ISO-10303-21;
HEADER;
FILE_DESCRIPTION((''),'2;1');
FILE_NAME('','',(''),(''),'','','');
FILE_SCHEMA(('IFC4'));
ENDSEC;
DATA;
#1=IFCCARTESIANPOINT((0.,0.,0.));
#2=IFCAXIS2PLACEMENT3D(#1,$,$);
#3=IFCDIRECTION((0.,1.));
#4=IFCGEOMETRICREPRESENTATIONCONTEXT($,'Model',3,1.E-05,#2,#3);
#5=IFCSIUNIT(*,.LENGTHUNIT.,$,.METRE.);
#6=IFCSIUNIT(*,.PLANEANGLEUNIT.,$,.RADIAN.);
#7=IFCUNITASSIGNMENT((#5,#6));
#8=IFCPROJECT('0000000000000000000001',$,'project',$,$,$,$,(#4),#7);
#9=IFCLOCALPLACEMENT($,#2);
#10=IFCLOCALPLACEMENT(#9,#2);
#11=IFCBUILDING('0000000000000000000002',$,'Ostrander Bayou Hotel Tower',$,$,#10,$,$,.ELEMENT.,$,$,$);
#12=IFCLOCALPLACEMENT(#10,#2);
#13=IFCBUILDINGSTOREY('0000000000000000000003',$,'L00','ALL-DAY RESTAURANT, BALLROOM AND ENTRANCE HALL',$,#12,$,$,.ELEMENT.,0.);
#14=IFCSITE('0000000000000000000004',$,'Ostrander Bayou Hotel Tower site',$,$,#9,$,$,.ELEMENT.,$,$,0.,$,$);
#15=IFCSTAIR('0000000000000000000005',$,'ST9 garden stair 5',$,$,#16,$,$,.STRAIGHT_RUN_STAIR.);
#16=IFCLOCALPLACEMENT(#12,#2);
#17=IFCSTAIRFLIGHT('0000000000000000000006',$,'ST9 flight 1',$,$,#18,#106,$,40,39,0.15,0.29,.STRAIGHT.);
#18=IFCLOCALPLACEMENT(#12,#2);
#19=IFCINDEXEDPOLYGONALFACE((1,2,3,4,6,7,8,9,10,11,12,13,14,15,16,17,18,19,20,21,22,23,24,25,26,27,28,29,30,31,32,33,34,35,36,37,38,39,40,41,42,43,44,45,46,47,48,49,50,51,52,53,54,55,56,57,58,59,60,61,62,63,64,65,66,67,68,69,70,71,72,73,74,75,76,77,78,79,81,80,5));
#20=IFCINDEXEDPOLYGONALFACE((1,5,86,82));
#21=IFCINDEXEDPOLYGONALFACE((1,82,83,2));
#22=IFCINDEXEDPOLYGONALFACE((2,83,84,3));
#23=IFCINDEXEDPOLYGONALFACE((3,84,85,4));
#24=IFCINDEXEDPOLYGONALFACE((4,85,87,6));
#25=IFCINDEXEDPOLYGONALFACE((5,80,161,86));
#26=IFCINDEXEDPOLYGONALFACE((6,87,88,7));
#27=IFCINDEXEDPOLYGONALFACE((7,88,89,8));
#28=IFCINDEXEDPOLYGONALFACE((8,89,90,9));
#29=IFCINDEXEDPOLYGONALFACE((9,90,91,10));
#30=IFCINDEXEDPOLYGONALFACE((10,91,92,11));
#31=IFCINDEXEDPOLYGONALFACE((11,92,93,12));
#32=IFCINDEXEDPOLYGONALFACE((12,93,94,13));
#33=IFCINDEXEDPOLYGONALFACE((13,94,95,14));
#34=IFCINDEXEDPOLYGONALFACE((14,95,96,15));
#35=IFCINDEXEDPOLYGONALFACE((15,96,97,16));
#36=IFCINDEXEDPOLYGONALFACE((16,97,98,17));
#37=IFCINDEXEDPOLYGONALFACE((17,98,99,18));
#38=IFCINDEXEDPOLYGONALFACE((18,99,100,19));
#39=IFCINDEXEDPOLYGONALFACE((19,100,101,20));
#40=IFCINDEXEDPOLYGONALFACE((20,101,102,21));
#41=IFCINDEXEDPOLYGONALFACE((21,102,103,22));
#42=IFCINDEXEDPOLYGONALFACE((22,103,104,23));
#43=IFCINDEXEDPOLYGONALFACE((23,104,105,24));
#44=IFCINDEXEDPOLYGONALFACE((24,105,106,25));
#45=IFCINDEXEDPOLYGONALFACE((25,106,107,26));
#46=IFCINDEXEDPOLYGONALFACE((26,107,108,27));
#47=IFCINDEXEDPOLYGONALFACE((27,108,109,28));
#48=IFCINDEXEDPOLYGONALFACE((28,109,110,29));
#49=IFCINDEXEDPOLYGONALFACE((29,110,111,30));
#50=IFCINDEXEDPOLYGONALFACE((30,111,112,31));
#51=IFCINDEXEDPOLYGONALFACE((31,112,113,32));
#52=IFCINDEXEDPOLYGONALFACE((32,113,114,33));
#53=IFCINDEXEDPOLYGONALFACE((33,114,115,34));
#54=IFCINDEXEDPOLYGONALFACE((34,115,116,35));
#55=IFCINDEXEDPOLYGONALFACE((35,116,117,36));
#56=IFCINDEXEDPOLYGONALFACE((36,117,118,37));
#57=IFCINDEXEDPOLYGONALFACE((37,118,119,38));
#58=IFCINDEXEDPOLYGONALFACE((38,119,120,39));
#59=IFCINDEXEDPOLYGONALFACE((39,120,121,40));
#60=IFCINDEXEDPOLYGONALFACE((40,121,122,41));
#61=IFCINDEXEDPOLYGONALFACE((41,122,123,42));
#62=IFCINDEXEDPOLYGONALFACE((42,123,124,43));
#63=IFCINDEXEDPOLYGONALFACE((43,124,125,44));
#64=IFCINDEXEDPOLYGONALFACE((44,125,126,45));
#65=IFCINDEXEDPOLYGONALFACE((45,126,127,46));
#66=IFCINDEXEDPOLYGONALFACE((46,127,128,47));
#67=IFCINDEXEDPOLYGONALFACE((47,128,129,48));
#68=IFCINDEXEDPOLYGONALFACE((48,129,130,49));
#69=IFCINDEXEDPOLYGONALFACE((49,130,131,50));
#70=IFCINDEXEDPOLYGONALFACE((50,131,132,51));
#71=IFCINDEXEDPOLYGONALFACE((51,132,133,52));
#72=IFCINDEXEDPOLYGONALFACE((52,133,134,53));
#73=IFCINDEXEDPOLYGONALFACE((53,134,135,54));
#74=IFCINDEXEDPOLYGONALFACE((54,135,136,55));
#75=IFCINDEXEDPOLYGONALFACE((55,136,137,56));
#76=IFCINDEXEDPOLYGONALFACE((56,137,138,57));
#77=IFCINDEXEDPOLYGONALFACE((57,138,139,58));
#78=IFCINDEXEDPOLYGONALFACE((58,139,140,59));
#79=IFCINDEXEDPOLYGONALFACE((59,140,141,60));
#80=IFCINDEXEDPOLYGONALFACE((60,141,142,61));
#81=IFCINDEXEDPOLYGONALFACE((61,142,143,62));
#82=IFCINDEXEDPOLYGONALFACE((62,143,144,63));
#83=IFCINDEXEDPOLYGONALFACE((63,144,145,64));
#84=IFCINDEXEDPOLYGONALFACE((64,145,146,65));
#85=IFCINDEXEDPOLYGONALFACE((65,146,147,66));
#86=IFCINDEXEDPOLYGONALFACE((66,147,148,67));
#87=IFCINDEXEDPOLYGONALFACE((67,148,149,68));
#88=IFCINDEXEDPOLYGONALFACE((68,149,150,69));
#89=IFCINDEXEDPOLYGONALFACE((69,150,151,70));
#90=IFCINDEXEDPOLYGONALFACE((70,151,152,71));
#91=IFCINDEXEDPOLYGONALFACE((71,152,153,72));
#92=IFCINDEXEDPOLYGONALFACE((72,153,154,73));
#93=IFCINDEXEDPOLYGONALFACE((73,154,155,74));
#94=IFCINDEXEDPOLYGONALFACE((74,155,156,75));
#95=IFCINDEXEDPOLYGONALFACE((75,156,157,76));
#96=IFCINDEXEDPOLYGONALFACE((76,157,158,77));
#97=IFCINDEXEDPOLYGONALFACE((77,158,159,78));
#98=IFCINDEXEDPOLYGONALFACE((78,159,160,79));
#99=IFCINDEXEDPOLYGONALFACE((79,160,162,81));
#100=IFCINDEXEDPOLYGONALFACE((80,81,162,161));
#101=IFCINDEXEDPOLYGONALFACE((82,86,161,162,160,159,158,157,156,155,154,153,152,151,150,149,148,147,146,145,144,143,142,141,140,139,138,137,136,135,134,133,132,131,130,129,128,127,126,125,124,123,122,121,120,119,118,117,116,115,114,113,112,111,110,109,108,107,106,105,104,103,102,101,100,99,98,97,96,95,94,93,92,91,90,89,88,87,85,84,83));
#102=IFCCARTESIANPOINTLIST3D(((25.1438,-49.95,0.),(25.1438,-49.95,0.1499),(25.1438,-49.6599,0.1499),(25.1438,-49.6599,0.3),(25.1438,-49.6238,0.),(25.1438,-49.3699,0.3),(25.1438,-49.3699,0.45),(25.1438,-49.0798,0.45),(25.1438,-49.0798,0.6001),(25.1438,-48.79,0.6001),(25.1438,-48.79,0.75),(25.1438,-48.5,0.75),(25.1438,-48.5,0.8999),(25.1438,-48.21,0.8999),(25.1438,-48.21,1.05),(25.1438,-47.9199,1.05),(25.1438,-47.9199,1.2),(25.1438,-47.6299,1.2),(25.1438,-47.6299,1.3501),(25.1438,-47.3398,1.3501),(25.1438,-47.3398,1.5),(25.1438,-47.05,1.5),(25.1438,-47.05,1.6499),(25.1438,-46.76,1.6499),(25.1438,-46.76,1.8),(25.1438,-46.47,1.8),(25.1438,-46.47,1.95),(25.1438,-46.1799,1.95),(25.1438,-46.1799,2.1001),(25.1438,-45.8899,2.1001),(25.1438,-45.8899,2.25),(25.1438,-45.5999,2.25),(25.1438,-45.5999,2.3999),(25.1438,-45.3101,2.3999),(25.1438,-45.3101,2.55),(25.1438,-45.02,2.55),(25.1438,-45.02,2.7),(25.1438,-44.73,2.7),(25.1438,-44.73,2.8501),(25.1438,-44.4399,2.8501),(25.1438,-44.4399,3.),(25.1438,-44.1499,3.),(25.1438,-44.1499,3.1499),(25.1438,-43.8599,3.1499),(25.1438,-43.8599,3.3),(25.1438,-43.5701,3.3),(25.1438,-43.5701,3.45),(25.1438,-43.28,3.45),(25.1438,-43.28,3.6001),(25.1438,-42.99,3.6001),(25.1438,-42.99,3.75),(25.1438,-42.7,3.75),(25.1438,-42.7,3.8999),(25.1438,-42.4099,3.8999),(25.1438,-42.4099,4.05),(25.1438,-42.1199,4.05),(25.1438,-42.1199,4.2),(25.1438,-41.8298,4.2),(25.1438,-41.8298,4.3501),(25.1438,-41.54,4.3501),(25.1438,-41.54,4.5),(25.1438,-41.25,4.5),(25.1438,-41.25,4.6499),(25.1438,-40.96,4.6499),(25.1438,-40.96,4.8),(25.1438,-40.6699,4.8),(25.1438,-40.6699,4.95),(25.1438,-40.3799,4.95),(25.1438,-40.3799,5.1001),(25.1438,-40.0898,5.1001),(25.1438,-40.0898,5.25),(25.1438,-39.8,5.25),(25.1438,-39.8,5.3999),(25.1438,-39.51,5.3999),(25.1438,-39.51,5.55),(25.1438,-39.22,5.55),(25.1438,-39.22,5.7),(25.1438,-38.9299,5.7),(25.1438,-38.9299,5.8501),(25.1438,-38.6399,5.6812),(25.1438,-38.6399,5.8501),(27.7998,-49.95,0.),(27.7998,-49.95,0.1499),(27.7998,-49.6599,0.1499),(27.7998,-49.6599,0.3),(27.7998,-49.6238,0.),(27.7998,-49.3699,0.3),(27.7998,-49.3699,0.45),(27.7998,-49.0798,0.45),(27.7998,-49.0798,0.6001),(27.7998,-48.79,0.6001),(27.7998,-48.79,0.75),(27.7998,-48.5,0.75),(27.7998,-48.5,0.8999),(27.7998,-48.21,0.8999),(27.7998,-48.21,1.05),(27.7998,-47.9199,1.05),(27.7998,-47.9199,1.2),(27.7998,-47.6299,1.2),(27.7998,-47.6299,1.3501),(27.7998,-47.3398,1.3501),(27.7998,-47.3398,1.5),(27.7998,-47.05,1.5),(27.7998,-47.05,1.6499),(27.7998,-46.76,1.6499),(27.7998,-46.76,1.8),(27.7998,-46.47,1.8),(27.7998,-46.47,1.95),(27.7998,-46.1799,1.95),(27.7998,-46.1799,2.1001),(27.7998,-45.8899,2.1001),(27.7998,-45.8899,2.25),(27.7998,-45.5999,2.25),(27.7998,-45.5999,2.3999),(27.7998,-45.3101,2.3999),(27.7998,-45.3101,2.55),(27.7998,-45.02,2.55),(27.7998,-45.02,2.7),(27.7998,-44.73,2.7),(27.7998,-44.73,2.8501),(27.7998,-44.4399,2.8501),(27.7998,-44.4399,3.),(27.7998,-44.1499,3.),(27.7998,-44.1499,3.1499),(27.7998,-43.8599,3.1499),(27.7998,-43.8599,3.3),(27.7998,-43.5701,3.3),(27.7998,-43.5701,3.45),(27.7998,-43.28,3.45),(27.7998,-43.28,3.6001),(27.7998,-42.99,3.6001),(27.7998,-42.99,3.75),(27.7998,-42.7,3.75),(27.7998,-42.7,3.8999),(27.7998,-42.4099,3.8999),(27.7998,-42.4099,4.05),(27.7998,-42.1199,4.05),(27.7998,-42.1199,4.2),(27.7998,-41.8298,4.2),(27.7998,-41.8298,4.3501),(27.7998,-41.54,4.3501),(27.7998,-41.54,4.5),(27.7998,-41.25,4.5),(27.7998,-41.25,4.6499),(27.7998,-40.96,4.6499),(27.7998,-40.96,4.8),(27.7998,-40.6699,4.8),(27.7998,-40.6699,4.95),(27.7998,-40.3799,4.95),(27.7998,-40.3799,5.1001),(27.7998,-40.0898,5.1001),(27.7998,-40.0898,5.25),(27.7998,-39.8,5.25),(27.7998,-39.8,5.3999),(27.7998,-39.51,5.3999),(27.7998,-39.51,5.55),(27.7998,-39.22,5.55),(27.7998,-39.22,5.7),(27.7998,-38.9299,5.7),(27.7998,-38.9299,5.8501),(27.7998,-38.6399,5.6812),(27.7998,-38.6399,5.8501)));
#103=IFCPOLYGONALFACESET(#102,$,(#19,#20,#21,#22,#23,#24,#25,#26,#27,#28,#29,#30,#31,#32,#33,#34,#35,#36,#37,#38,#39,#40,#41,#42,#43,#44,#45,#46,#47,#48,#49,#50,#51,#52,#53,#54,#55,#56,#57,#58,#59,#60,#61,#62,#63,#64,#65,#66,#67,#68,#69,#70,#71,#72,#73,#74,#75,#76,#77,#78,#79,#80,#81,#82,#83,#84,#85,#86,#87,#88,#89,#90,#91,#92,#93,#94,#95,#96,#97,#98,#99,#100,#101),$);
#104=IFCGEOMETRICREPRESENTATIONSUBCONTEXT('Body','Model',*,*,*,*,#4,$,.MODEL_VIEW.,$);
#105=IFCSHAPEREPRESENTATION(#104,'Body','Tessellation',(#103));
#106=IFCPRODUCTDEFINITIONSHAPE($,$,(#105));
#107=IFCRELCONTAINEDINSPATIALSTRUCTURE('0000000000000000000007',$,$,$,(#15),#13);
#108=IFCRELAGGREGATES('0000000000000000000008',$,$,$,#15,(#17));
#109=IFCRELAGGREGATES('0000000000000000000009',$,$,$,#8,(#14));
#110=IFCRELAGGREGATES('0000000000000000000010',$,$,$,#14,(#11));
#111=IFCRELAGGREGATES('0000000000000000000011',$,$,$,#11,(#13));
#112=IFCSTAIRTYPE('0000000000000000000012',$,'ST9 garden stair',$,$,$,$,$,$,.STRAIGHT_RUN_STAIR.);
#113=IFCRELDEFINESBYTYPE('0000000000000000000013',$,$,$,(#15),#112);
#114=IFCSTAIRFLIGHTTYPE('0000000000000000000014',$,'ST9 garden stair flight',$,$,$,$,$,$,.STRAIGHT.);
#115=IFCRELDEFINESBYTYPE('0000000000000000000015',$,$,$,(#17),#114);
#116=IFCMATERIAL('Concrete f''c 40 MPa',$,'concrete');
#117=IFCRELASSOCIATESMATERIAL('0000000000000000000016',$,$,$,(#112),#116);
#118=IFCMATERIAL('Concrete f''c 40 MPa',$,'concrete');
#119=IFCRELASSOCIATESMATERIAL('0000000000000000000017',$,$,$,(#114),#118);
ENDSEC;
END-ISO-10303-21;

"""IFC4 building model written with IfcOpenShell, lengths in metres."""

from ifc_helpers import new_model, si_unit, direction, frame, origin, place, context, subcontext, project, spatial, polyline, outline, extrude, material, type_object, element, aggregate, save


model = new_model("IFC4")

# Units and contexts
model_context = context("Model", 3, precision=1e-05, world=origin(), true_north=direction((0.0, 1.0)))
body_context = subcontext(model_context, "Body", "Model", "MODEL_VIEW")
ifc_project = project(units=[si_unit("LENGTHUNIT", "METRE"), si_unit("PLANEANGLEUNIT", "RADIAN")], contexts=[model_context])

# Site, building, storey
site_placement = place(None, origin())
site = spatial("IfcSite", under=ifc_project, at=site_placement, Name="Ostrander Bayou Hotel Tower site", CompositionType="ELEMENT", RefElevation=0.0)
building_placement = place(site_placement, origin())
building = spatial("IfcBuilding", under=site, at=building_placement, Name="Ostrander Bayou Hotel Tower", CompositionType="ELEMENT")
storey_placement = place(building_placement, origin())
storey = spatial("IfcBuildingStorey", under=building, at=storey_placement, Name="L00", Description="ALL-DAY RESTAURANT, BALLROOM AND ENTRANCE HALL", CompositionType="ELEMENT", Elevation=0.0)

# Stair, stair flight
ifc_material_1 = material(Name="Concrete f'c 40 MPa", Category="concrete")
stair_type = type_object("IfcStairType", Name="ST9 garden stair", PredefinedType="STRAIGHT_RUN_STAIR", material=ifc_material_1)
ifc_material_2 = material(Name="Concrete f'c 40 MPa", Category="concrete")
stair_flight_type = type_object("IfcStairFlightType", Name="ST9 garden stair flight", PredefinedType="STRAIGHT", material=ifc_material_2)
stair_1_placement = place(storey_placement, origin())
stair_1 = element("IfcStair", 1, at=stair_1_placement, inside=storey, type_object=stair_type, Name="ST9 garden stair 5", PredefinedType="STRAIGHT_RUN_STAIR")
stair_flight_1_placement = place(storey_placement, frame((26.4719, -49.95, 0.0), z_axis=(0.0, 0.0, 1.0), x_axis=(0.0, 1.0, 0.0)))
stair_flight_1 = element("IfcStairFlight", 2, at=stair_flight_1_placement, type_object=stair_flight_type, Name="ST9 flight 1", NumberOfRisers=40, NumberOfTreads=39, PredefinedType="STRAIGHT", RiserHeight=0.15, TreadLength=0.29, context=body_context, shape_type="SweptSolid", body=[
    extrude(outline(polyline([(0.0, 0.0), (0.0, 0.1499), (0.29, 0.1499), (0.29, 0.3), (0.5801, 0.3), (0.5801, 0.45), (0.8701, 0.45), (0.8701, 0.6001), (1.1599, 0.6001), (1.1599, 0.75), (1.45, 0.75), (1.45, 0.8999), (1.74, 0.8999), (1.74, 1.05), (2.03, 1.05), (2.03, 1.2), (2.3201, 1.2), (2.3201, 1.3501), (2.6101, 1.3501), (2.6101, 1.5), (2.8999, 1.5), (2.8999, 1.6499), (3.1899, 1.6499), (3.1899, 1.8), (3.48, 1.8), (3.48, 1.95), (3.77, 1.95), (3.77, 2.1001), (4.0601, 2.1001), (4.0601, 2.25), (4.3501, 2.25), (4.3501, 2.3999), (4.6399, 2.3999), (4.6399, 2.55), (4.9299, 2.55), (4.9299, 2.7), (5.22, 2.7), (5.22, 2.8501), (5.51, 2.8501), (5.51, 3.0), (5.8, 3.0), (5.8, 3.1499), (6.0901, 3.1499), (6.0901, 3.3), (6.3799, 3.3), (6.3799, 3.45), (6.6699, 3.45), (6.6699, 3.6001), (6.96, 3.6001), (6.96, 3.75), (7.25, 3.75), (7.25, 3.8999), (7.54, 3.8999), (7.54, 4.05), (7.8301, 4.05), (7.8301, 4.2), (8.1201, 4.2), (8.1201, 4.3501), (8.4099, 4.3501), (8.4099, 4.5), (8.7, 4.5), (8.7, 4.6499), (8.99, 4.6499), (8.99, 4.8), (9.28, 4.8), (9.28, 4.95), (9.5701, 4.95), (9.5701, 5.1001), (9.8601, 5.1001), (9.8601, 5.25), (10.1499, 5.25), (10.1499, 5.3999), (10.4399, 5.3999), (10.4399, 5.55), (10.73, 5.55), (10.73, 5.7), (11.02, 5.7), (11.02, 5.8501), (11.3101, 5.8501), (11.3101, 6.0), (11.3101, 5.6812), (0.3262, 0.0), (0.0, 0.0)])), frame((0.0, 1.3281, 0.0), z_axis=(0.0, -1.0, 0.0), x_axis=(1.0, 0.0, 0.0)), (0.0, 0.0, 1.0), 2.656),
])
aggregate(stair_1, [stair_flight_1])

save(model, "model.ifc")
